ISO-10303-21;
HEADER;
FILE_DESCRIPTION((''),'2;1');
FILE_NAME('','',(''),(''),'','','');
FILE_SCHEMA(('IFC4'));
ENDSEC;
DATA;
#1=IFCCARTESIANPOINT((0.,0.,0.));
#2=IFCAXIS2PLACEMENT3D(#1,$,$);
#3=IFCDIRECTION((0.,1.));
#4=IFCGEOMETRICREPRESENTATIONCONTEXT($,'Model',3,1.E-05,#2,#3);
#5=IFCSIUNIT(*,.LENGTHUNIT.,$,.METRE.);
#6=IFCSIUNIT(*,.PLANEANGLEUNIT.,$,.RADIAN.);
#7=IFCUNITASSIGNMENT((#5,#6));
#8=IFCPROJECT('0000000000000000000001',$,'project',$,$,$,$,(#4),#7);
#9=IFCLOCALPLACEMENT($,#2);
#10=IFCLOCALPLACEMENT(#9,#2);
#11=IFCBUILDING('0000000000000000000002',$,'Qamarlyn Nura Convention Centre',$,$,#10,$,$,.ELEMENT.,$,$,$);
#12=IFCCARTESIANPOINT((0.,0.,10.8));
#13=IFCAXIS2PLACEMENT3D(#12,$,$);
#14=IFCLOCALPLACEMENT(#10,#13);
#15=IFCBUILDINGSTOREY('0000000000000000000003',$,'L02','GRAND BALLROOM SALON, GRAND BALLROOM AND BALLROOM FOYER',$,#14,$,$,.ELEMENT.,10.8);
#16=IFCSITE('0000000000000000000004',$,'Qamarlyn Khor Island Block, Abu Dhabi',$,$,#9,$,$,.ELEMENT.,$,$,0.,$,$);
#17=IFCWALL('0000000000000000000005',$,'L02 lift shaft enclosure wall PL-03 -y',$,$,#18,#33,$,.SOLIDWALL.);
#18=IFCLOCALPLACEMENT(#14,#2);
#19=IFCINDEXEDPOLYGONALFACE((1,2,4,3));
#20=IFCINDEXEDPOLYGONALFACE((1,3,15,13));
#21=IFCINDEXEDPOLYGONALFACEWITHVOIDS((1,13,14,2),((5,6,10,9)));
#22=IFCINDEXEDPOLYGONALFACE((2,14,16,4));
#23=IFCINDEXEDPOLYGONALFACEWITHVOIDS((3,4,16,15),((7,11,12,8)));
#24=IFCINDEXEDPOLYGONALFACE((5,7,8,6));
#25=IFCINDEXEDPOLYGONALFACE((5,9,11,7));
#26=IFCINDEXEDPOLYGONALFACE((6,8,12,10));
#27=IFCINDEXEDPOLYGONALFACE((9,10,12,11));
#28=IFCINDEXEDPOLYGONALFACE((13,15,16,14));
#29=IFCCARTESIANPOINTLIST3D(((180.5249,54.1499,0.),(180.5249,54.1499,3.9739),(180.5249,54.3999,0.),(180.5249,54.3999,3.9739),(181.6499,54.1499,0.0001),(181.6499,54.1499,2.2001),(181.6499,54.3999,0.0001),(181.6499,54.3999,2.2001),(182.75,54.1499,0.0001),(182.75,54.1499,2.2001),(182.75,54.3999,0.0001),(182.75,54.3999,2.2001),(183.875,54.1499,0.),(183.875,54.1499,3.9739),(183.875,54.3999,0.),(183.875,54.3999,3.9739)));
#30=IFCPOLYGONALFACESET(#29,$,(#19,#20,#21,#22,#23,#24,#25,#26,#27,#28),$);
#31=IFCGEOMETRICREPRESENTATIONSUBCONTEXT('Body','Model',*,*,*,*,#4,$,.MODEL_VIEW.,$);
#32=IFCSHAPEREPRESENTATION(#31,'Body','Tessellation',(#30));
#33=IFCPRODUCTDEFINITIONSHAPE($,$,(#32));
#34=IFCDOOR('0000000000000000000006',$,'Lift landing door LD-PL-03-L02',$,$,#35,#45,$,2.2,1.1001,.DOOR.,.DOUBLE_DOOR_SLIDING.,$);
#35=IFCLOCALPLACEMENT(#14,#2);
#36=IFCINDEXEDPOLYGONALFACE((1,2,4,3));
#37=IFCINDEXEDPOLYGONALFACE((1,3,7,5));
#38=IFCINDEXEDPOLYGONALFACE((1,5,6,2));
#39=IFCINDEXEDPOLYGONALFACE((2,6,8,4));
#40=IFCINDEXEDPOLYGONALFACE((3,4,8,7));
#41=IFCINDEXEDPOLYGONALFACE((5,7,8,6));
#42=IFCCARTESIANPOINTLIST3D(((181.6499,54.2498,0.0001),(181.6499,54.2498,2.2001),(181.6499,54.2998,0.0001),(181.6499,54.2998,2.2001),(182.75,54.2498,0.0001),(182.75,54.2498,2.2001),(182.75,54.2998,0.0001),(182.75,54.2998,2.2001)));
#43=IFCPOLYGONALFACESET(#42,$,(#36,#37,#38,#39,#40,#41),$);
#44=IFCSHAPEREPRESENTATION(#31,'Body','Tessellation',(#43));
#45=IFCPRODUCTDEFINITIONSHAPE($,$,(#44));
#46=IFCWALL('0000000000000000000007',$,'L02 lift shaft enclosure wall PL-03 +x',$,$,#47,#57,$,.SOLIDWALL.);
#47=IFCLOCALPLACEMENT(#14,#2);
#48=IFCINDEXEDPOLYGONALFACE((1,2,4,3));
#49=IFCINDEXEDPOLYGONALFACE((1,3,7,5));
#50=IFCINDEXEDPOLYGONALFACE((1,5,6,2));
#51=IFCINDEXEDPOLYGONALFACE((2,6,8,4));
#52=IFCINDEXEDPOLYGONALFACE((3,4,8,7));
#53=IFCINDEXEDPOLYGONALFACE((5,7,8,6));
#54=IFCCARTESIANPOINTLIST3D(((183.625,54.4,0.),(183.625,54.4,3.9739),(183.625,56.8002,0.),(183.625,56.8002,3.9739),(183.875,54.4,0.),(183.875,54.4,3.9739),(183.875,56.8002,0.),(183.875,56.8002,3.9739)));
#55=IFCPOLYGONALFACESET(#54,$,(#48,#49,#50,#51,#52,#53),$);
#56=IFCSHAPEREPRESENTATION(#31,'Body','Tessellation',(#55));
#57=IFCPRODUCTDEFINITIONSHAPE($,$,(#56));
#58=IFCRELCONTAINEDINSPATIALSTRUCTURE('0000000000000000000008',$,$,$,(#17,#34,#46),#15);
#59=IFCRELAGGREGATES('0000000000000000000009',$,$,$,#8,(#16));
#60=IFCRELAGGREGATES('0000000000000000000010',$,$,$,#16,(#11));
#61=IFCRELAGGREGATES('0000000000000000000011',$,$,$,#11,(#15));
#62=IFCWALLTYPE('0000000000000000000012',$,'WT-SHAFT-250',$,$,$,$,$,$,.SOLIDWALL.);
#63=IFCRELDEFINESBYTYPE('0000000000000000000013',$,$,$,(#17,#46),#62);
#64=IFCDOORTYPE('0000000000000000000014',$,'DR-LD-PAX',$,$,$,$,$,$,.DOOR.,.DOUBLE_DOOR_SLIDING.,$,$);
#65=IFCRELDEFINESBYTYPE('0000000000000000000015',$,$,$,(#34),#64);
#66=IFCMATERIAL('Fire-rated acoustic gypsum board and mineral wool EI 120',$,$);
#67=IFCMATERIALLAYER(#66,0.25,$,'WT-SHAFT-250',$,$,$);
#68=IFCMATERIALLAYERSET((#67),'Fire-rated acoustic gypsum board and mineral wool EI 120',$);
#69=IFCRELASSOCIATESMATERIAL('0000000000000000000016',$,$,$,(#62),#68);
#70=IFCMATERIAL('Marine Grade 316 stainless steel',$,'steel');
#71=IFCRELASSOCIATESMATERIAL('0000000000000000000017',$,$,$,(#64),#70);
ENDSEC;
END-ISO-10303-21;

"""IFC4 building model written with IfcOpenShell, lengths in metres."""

from ifc_helpers import new_model, si_unit, direction, frame, frame_2d, origin, place, context, subcontext, project, spatial, rectangle, extrude, material, layer, layer_set, type_object, element, fill, save


model = new_model("IFC4")

# Units and contexts
model_context = context("Model", 3, precision=1e-05, world=origin(), true_north=direction((0.0, 1.0)))
body_context = subcontext(model_context, "Body", "Model", "MODEL_VIEW")
ifc_project = project(units=[si_unit("LENGTHUNIT", "METRE"), si_unit("PLANEANGLEUNIT", "RADIAN")], contexts=[model_context])

# Site, building, storey
site_placement = place(None, origin())
site = spatial("IfcSite", under=ifc_project, at=site_placement, Name="Qamarlyn Khor Island Block, Abu Dhabi", CompositionType="ELEMENT", RefElevation=0.0)
building_placement = place(site_placement, origin())
building = spatial("IfcBuilding", under=site, at=building_placement, Name="Qamarlyn Nura Convention Centre", CompositionType="ELEMENT")
storey_placement = place(building_placement, frame((0.0, 0.0, 10.8)))
storey = spatial("IfcBuildingStorey", under=building, at=storey_placement, Name="L02", Description="GRAND BALLROOM SALON, GRAND BALLROOM AND BALLROOM FOYER", CompositionType="ELEMENT", Elevation=10.8)

# Wall, opening, door
ifc_material_1 = material(Name="Fire-rated acoustic gypsum board and mineral wool EI 120")
ifc_layer_1 = layer(ifc_material_1, 0.25, Name="WT-SHAFT-250")
ifc_layer_set_1 = layer_set([ifc_layer_1], Name="Fire-rated acoustic gypsum board and mineral wool EI 120")
wall_type_1 = type_object("IfcWallType", Name="WT-SHAFT-250", PredefinedType="SOLIDWALL", material=ifc_layer_set_1)
wall_1_placement = place(storey_placement, frame((180.5249, 54.2749, 0.0), z_axis=(0.0, 0.0, 1.0), x_axis=(1.0, 0.0, 0.0)))
wall_1 = element("IfcWall", 1, at=wall_1_placement, inside=storey, type_object=wall_type_1, Name="L02 lift shaft enclosure wall PL-03 -y", PredefinedType="SOLIDWALL", context=body_context, shape_type="SweptSolid", body=[
    extrude(rectangle(XDim=3.3501, YDim=0.25, at=frame_2d((1.675, 0.0))), origin(), (0.0, 0.0, 1.0), 3.9739),
])
opening_1_placement = place(wall_1_placement, frame((1.125, 0.0, 0.0)))
opening_1 = element("IfcOpeningElement", 2, at=opening_1_placement, cuts=wall_1, PredefinedType="OPENING", context=body_context, shape_type="SweptSolid", body=[
    extrude(rectangle(XDim=1.1001, YDim=2.2, at=frame_2d((0.55, 1.1001))), frame((0.0, 0.135, 0.0), z_axis=(0.0, -1.0, 0.0), x_axis=(1.0, 0.0, 0.0)), (0.0, 0.0, 1.0), 0.27),
])
ifc_material_2 = material(Name="Marine Grade 316 stainless steel", Category="steel")
door_type_1 = type_object("IfcDoorType", Name="DR-LD-PAX", OperationType="DOUBLE_DOOR_SLIDING", PredefinedType="DOOR", material=ifc_material_2)
door_1_placement = place(opening_1_placement, origin())
door_1 = element("IfcDoor", 3, at=door_1_placement, inside=storey, type_object=door_type_1, Name="Lift landing door LD-PL-03-L02", OperationType="DOUBLE_DOOR_SLIDING", OverallHeight=2.2, OverallWidth=1.1001, PredefinedType="DOOR", context=body_context, shape_type="SweptSolid", body=[
    extrude(rectangle(XDim=1.1001, YDim=2.2, at=frame_2d((0.55, 1.1001))), frame((0.0, 0.0249, 0.0), z_axis=(0.0, -1.0, 0.0), x_axis=(1.0, 0.0, 0.0)), (0.0, 0.0, 1.0), 0.05),
])
fill(opening_1, door_1)

# Wall
wall_2_placement = place(storey_placement, frame((183.75, 54.3999, 0.0), z_axis=(0.0, 0.0, 1.0), x_axis=(0.0, 1.0, 0.0)))
element("IfcWall", 4, at=wall_2_placement, inside=storey, type_object=wall_type_1, Name="L02 lift shaft enclosure wall PL-03 +x", PredefinedType="SOLIDWALL", context=body_context, shape_type="SweptSolid", body=[
    extrude(rectangle(XDim=2.4001, YDim=0.25, at=frame_2d((1.2002, 0.0))), origin(), (0.0, 0.0, 1.0), 3.9739),
])

save(model, "model.ifc")
